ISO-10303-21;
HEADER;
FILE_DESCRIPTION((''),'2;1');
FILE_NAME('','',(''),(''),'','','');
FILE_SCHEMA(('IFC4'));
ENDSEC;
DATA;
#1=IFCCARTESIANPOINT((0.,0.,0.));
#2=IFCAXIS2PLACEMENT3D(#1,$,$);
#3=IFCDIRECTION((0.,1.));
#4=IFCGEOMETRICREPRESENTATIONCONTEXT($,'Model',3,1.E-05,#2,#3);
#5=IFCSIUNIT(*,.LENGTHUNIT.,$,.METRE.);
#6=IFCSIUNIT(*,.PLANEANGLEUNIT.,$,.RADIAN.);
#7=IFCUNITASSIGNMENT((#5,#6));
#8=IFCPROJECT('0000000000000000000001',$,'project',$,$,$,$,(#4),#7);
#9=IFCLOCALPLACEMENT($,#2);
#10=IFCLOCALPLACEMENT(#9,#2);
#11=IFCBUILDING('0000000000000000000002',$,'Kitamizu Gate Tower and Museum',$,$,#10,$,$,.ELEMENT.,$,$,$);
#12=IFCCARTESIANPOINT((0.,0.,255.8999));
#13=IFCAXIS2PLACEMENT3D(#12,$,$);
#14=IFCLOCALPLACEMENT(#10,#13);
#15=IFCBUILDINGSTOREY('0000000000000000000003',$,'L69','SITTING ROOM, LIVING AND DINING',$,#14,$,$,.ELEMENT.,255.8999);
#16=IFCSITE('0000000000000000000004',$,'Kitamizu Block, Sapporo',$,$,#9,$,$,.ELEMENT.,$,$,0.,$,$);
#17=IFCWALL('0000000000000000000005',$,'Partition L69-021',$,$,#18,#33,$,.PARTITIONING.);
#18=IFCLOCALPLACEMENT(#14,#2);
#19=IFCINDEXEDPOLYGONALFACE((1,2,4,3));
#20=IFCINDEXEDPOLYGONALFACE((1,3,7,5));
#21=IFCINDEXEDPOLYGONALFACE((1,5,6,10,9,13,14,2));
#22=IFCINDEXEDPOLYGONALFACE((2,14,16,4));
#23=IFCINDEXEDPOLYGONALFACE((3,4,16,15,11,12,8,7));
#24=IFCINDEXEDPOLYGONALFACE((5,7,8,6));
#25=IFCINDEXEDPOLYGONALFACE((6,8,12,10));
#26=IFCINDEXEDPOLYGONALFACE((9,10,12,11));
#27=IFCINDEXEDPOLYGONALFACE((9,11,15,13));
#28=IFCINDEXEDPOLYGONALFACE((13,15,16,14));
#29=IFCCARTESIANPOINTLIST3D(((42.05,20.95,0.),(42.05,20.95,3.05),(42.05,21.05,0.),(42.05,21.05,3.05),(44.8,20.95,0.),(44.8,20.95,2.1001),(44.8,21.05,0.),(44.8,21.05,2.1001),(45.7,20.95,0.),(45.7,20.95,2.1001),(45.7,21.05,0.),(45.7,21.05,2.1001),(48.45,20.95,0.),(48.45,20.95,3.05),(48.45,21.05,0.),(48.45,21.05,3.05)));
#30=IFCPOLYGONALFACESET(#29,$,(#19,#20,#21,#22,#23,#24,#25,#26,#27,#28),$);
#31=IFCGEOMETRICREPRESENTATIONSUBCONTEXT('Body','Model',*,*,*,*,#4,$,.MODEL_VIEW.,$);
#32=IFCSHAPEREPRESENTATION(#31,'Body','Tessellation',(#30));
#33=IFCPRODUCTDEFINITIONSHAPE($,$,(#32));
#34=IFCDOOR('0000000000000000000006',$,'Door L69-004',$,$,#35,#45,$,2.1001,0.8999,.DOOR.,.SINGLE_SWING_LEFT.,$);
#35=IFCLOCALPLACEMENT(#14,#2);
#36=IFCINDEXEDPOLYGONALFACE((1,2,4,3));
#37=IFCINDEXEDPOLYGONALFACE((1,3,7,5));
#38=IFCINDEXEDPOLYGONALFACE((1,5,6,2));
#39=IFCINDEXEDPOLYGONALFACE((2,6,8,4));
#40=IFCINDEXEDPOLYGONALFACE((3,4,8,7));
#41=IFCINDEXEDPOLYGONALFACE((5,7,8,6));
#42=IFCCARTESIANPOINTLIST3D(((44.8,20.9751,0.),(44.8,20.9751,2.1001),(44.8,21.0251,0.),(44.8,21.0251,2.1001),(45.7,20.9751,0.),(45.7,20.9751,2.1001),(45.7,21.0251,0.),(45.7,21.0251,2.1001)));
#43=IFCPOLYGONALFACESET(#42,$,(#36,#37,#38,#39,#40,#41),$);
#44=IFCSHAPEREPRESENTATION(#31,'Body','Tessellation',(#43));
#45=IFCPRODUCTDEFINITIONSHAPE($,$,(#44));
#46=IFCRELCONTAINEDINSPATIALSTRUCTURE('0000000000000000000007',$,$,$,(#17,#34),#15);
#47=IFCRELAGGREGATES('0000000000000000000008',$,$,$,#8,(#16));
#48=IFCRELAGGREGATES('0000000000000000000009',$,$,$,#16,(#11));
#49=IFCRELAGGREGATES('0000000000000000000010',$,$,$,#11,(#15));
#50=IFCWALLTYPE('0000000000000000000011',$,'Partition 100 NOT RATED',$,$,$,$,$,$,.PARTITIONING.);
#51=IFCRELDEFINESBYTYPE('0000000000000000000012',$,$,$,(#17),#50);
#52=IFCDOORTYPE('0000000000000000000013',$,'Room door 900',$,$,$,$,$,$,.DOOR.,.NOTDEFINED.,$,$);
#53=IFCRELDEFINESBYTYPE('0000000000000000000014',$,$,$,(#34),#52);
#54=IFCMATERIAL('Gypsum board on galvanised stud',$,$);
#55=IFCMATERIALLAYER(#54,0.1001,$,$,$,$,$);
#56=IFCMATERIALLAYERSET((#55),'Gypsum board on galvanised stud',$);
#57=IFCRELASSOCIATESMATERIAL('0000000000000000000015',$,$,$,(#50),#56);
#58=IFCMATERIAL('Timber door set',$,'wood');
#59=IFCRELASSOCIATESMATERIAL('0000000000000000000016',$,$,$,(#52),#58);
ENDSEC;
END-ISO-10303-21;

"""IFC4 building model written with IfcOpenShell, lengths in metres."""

from ifc_helpers import new_model, si_unit, direction, frame, frame_2d, origin, place, context, subcontext, project, spatial, rectangle, extrude, material, layer, layer_set, type_object, element, fill, save


model = new_model("IFC4")

# Units and contexts
model_context = context("Model", 3, precision=1e-05, world=origin(), true_north=direction((0.0, 1.0)))
body_context = subcontext(model_context, "Body", "Model", "MODEL_VIEW")
ifc_project = project(units=[si_unit("LENGTHUNIT", "METRE"), si_unit("PLANEANGLEUNIT", "RADIAN")], contexts=[model_context])

# Site, building, storey
site_placement = place(None, origin())
site = spatial("IfcSite", under=ifc_project, at=site_placement, Name="Kitamizu Block, Sapporo", CompositionType="ELEMENT", RefElevation=0.0)
building_placement = place(site_placement, origin())
building = spatial("IfcBuilding", under=site, at=building_placement, Name="Kitamizu Gate Tower and Museum", CompositionType="ELEMENT")
storey_placement = place(building_placement, frame((0.0, 0.0, 255.8999)))
storey = spatial("IfcBuildingStorey", under=building, at=storey_placement, Name="L69", Description="SITTING ROOM, LIVING AND DINING", CompositionType="ELEMENT", Elevation=255.8999)

# Shared definitions
ifc_material_1 = material(Name="Gypsum board on galvanised stud")
ifc_layer_1 = layer(ifc_material_1, 0.1001)
ifc_layer_set_1 = layer_set([ifc_layer_1], Name="Gypsum board on galvanised stud")
wall_type_1 = type_object("IfcWallType", Name="Partition 100 NOT RATED", PredefinedType="PARTITIONING", material=ifc_layer_set_1)
ifc_material_2 = material(Name="Timber door set", Category="wood")
door_type_1 = type_object("IfcDoorType", Name="Room door 900", OperationType="NOTDEFINED", PredefinedType="DOOR", material=ifc_material_2)

# Wall, opening, door
wall_1_placement = place(storey_placement, frame((48.45, 21.0, 0.0), z_axis=(0.0, 0.0, 1.0), x_axis=(-1.0, 0.0, 0.0)))
wall_1 = element("IfcWall", 1, at=wall_1_placement, inside=storey, type_object=wall_type_1, Name="Partition L69-021", PredefinedType="PARTITIONING", context=body_context, shape_type="SweptSolid", body=[
    extrude(rectangle(XDim=6.3999, YDim=0.1001, at=frame_2d((3.2, 0.0))), origin(), (0.0, 0.0, 1.0), 3.05),
])
opening_1_placement = place(wall_1_placement, frame((2.75, 0.0, 0.0)))
opening_1 = element("IfcOpeningElement", 2, at=opening_1_placement, cuts=wall_1, PredefinedType="OPENING", context=body_context, shape_type="SweptSolid", body=[
    extrude(rectangle(XDim=0.8999, YDim=2.1001, at=frame_2d((0.45, 1.05))), frame((0.0, 0.0601, 0.0), z_axis=(0.0, -1.0, 0.0), x_axis=(1.0, 0.0, 0.0)), (0.0, 0.0, 1.0), 0.1201),
])
door_1_placement = place(opening_1_placement, origin())
door_1 = element("IfcDoor", 3, at=door_1_placement, inside=storey, type_object=door_type_1, Name="Door L69-004", OperationType="SINGLE_SWING_LEFT", OverallHeight=2.1001, OverallWidth=0.8999, PredefinedType="DOOR", context=body_context, shape_type="SweptSolid", body=[
    extrude(rectangle(XDim=0.8999, YDim=2.1001, at=frame_2d((0.45, 1.05))), frame((0.0, 0.0249, 0.0), z_axis=(0.0, -1.0, 0.0), x_axis=(1.0, 0.0, 0.0)), (0.0, 0.0, 1.0), 0.05),
])
fill(opening_1, door_1)

save(model, "model.ifc")
